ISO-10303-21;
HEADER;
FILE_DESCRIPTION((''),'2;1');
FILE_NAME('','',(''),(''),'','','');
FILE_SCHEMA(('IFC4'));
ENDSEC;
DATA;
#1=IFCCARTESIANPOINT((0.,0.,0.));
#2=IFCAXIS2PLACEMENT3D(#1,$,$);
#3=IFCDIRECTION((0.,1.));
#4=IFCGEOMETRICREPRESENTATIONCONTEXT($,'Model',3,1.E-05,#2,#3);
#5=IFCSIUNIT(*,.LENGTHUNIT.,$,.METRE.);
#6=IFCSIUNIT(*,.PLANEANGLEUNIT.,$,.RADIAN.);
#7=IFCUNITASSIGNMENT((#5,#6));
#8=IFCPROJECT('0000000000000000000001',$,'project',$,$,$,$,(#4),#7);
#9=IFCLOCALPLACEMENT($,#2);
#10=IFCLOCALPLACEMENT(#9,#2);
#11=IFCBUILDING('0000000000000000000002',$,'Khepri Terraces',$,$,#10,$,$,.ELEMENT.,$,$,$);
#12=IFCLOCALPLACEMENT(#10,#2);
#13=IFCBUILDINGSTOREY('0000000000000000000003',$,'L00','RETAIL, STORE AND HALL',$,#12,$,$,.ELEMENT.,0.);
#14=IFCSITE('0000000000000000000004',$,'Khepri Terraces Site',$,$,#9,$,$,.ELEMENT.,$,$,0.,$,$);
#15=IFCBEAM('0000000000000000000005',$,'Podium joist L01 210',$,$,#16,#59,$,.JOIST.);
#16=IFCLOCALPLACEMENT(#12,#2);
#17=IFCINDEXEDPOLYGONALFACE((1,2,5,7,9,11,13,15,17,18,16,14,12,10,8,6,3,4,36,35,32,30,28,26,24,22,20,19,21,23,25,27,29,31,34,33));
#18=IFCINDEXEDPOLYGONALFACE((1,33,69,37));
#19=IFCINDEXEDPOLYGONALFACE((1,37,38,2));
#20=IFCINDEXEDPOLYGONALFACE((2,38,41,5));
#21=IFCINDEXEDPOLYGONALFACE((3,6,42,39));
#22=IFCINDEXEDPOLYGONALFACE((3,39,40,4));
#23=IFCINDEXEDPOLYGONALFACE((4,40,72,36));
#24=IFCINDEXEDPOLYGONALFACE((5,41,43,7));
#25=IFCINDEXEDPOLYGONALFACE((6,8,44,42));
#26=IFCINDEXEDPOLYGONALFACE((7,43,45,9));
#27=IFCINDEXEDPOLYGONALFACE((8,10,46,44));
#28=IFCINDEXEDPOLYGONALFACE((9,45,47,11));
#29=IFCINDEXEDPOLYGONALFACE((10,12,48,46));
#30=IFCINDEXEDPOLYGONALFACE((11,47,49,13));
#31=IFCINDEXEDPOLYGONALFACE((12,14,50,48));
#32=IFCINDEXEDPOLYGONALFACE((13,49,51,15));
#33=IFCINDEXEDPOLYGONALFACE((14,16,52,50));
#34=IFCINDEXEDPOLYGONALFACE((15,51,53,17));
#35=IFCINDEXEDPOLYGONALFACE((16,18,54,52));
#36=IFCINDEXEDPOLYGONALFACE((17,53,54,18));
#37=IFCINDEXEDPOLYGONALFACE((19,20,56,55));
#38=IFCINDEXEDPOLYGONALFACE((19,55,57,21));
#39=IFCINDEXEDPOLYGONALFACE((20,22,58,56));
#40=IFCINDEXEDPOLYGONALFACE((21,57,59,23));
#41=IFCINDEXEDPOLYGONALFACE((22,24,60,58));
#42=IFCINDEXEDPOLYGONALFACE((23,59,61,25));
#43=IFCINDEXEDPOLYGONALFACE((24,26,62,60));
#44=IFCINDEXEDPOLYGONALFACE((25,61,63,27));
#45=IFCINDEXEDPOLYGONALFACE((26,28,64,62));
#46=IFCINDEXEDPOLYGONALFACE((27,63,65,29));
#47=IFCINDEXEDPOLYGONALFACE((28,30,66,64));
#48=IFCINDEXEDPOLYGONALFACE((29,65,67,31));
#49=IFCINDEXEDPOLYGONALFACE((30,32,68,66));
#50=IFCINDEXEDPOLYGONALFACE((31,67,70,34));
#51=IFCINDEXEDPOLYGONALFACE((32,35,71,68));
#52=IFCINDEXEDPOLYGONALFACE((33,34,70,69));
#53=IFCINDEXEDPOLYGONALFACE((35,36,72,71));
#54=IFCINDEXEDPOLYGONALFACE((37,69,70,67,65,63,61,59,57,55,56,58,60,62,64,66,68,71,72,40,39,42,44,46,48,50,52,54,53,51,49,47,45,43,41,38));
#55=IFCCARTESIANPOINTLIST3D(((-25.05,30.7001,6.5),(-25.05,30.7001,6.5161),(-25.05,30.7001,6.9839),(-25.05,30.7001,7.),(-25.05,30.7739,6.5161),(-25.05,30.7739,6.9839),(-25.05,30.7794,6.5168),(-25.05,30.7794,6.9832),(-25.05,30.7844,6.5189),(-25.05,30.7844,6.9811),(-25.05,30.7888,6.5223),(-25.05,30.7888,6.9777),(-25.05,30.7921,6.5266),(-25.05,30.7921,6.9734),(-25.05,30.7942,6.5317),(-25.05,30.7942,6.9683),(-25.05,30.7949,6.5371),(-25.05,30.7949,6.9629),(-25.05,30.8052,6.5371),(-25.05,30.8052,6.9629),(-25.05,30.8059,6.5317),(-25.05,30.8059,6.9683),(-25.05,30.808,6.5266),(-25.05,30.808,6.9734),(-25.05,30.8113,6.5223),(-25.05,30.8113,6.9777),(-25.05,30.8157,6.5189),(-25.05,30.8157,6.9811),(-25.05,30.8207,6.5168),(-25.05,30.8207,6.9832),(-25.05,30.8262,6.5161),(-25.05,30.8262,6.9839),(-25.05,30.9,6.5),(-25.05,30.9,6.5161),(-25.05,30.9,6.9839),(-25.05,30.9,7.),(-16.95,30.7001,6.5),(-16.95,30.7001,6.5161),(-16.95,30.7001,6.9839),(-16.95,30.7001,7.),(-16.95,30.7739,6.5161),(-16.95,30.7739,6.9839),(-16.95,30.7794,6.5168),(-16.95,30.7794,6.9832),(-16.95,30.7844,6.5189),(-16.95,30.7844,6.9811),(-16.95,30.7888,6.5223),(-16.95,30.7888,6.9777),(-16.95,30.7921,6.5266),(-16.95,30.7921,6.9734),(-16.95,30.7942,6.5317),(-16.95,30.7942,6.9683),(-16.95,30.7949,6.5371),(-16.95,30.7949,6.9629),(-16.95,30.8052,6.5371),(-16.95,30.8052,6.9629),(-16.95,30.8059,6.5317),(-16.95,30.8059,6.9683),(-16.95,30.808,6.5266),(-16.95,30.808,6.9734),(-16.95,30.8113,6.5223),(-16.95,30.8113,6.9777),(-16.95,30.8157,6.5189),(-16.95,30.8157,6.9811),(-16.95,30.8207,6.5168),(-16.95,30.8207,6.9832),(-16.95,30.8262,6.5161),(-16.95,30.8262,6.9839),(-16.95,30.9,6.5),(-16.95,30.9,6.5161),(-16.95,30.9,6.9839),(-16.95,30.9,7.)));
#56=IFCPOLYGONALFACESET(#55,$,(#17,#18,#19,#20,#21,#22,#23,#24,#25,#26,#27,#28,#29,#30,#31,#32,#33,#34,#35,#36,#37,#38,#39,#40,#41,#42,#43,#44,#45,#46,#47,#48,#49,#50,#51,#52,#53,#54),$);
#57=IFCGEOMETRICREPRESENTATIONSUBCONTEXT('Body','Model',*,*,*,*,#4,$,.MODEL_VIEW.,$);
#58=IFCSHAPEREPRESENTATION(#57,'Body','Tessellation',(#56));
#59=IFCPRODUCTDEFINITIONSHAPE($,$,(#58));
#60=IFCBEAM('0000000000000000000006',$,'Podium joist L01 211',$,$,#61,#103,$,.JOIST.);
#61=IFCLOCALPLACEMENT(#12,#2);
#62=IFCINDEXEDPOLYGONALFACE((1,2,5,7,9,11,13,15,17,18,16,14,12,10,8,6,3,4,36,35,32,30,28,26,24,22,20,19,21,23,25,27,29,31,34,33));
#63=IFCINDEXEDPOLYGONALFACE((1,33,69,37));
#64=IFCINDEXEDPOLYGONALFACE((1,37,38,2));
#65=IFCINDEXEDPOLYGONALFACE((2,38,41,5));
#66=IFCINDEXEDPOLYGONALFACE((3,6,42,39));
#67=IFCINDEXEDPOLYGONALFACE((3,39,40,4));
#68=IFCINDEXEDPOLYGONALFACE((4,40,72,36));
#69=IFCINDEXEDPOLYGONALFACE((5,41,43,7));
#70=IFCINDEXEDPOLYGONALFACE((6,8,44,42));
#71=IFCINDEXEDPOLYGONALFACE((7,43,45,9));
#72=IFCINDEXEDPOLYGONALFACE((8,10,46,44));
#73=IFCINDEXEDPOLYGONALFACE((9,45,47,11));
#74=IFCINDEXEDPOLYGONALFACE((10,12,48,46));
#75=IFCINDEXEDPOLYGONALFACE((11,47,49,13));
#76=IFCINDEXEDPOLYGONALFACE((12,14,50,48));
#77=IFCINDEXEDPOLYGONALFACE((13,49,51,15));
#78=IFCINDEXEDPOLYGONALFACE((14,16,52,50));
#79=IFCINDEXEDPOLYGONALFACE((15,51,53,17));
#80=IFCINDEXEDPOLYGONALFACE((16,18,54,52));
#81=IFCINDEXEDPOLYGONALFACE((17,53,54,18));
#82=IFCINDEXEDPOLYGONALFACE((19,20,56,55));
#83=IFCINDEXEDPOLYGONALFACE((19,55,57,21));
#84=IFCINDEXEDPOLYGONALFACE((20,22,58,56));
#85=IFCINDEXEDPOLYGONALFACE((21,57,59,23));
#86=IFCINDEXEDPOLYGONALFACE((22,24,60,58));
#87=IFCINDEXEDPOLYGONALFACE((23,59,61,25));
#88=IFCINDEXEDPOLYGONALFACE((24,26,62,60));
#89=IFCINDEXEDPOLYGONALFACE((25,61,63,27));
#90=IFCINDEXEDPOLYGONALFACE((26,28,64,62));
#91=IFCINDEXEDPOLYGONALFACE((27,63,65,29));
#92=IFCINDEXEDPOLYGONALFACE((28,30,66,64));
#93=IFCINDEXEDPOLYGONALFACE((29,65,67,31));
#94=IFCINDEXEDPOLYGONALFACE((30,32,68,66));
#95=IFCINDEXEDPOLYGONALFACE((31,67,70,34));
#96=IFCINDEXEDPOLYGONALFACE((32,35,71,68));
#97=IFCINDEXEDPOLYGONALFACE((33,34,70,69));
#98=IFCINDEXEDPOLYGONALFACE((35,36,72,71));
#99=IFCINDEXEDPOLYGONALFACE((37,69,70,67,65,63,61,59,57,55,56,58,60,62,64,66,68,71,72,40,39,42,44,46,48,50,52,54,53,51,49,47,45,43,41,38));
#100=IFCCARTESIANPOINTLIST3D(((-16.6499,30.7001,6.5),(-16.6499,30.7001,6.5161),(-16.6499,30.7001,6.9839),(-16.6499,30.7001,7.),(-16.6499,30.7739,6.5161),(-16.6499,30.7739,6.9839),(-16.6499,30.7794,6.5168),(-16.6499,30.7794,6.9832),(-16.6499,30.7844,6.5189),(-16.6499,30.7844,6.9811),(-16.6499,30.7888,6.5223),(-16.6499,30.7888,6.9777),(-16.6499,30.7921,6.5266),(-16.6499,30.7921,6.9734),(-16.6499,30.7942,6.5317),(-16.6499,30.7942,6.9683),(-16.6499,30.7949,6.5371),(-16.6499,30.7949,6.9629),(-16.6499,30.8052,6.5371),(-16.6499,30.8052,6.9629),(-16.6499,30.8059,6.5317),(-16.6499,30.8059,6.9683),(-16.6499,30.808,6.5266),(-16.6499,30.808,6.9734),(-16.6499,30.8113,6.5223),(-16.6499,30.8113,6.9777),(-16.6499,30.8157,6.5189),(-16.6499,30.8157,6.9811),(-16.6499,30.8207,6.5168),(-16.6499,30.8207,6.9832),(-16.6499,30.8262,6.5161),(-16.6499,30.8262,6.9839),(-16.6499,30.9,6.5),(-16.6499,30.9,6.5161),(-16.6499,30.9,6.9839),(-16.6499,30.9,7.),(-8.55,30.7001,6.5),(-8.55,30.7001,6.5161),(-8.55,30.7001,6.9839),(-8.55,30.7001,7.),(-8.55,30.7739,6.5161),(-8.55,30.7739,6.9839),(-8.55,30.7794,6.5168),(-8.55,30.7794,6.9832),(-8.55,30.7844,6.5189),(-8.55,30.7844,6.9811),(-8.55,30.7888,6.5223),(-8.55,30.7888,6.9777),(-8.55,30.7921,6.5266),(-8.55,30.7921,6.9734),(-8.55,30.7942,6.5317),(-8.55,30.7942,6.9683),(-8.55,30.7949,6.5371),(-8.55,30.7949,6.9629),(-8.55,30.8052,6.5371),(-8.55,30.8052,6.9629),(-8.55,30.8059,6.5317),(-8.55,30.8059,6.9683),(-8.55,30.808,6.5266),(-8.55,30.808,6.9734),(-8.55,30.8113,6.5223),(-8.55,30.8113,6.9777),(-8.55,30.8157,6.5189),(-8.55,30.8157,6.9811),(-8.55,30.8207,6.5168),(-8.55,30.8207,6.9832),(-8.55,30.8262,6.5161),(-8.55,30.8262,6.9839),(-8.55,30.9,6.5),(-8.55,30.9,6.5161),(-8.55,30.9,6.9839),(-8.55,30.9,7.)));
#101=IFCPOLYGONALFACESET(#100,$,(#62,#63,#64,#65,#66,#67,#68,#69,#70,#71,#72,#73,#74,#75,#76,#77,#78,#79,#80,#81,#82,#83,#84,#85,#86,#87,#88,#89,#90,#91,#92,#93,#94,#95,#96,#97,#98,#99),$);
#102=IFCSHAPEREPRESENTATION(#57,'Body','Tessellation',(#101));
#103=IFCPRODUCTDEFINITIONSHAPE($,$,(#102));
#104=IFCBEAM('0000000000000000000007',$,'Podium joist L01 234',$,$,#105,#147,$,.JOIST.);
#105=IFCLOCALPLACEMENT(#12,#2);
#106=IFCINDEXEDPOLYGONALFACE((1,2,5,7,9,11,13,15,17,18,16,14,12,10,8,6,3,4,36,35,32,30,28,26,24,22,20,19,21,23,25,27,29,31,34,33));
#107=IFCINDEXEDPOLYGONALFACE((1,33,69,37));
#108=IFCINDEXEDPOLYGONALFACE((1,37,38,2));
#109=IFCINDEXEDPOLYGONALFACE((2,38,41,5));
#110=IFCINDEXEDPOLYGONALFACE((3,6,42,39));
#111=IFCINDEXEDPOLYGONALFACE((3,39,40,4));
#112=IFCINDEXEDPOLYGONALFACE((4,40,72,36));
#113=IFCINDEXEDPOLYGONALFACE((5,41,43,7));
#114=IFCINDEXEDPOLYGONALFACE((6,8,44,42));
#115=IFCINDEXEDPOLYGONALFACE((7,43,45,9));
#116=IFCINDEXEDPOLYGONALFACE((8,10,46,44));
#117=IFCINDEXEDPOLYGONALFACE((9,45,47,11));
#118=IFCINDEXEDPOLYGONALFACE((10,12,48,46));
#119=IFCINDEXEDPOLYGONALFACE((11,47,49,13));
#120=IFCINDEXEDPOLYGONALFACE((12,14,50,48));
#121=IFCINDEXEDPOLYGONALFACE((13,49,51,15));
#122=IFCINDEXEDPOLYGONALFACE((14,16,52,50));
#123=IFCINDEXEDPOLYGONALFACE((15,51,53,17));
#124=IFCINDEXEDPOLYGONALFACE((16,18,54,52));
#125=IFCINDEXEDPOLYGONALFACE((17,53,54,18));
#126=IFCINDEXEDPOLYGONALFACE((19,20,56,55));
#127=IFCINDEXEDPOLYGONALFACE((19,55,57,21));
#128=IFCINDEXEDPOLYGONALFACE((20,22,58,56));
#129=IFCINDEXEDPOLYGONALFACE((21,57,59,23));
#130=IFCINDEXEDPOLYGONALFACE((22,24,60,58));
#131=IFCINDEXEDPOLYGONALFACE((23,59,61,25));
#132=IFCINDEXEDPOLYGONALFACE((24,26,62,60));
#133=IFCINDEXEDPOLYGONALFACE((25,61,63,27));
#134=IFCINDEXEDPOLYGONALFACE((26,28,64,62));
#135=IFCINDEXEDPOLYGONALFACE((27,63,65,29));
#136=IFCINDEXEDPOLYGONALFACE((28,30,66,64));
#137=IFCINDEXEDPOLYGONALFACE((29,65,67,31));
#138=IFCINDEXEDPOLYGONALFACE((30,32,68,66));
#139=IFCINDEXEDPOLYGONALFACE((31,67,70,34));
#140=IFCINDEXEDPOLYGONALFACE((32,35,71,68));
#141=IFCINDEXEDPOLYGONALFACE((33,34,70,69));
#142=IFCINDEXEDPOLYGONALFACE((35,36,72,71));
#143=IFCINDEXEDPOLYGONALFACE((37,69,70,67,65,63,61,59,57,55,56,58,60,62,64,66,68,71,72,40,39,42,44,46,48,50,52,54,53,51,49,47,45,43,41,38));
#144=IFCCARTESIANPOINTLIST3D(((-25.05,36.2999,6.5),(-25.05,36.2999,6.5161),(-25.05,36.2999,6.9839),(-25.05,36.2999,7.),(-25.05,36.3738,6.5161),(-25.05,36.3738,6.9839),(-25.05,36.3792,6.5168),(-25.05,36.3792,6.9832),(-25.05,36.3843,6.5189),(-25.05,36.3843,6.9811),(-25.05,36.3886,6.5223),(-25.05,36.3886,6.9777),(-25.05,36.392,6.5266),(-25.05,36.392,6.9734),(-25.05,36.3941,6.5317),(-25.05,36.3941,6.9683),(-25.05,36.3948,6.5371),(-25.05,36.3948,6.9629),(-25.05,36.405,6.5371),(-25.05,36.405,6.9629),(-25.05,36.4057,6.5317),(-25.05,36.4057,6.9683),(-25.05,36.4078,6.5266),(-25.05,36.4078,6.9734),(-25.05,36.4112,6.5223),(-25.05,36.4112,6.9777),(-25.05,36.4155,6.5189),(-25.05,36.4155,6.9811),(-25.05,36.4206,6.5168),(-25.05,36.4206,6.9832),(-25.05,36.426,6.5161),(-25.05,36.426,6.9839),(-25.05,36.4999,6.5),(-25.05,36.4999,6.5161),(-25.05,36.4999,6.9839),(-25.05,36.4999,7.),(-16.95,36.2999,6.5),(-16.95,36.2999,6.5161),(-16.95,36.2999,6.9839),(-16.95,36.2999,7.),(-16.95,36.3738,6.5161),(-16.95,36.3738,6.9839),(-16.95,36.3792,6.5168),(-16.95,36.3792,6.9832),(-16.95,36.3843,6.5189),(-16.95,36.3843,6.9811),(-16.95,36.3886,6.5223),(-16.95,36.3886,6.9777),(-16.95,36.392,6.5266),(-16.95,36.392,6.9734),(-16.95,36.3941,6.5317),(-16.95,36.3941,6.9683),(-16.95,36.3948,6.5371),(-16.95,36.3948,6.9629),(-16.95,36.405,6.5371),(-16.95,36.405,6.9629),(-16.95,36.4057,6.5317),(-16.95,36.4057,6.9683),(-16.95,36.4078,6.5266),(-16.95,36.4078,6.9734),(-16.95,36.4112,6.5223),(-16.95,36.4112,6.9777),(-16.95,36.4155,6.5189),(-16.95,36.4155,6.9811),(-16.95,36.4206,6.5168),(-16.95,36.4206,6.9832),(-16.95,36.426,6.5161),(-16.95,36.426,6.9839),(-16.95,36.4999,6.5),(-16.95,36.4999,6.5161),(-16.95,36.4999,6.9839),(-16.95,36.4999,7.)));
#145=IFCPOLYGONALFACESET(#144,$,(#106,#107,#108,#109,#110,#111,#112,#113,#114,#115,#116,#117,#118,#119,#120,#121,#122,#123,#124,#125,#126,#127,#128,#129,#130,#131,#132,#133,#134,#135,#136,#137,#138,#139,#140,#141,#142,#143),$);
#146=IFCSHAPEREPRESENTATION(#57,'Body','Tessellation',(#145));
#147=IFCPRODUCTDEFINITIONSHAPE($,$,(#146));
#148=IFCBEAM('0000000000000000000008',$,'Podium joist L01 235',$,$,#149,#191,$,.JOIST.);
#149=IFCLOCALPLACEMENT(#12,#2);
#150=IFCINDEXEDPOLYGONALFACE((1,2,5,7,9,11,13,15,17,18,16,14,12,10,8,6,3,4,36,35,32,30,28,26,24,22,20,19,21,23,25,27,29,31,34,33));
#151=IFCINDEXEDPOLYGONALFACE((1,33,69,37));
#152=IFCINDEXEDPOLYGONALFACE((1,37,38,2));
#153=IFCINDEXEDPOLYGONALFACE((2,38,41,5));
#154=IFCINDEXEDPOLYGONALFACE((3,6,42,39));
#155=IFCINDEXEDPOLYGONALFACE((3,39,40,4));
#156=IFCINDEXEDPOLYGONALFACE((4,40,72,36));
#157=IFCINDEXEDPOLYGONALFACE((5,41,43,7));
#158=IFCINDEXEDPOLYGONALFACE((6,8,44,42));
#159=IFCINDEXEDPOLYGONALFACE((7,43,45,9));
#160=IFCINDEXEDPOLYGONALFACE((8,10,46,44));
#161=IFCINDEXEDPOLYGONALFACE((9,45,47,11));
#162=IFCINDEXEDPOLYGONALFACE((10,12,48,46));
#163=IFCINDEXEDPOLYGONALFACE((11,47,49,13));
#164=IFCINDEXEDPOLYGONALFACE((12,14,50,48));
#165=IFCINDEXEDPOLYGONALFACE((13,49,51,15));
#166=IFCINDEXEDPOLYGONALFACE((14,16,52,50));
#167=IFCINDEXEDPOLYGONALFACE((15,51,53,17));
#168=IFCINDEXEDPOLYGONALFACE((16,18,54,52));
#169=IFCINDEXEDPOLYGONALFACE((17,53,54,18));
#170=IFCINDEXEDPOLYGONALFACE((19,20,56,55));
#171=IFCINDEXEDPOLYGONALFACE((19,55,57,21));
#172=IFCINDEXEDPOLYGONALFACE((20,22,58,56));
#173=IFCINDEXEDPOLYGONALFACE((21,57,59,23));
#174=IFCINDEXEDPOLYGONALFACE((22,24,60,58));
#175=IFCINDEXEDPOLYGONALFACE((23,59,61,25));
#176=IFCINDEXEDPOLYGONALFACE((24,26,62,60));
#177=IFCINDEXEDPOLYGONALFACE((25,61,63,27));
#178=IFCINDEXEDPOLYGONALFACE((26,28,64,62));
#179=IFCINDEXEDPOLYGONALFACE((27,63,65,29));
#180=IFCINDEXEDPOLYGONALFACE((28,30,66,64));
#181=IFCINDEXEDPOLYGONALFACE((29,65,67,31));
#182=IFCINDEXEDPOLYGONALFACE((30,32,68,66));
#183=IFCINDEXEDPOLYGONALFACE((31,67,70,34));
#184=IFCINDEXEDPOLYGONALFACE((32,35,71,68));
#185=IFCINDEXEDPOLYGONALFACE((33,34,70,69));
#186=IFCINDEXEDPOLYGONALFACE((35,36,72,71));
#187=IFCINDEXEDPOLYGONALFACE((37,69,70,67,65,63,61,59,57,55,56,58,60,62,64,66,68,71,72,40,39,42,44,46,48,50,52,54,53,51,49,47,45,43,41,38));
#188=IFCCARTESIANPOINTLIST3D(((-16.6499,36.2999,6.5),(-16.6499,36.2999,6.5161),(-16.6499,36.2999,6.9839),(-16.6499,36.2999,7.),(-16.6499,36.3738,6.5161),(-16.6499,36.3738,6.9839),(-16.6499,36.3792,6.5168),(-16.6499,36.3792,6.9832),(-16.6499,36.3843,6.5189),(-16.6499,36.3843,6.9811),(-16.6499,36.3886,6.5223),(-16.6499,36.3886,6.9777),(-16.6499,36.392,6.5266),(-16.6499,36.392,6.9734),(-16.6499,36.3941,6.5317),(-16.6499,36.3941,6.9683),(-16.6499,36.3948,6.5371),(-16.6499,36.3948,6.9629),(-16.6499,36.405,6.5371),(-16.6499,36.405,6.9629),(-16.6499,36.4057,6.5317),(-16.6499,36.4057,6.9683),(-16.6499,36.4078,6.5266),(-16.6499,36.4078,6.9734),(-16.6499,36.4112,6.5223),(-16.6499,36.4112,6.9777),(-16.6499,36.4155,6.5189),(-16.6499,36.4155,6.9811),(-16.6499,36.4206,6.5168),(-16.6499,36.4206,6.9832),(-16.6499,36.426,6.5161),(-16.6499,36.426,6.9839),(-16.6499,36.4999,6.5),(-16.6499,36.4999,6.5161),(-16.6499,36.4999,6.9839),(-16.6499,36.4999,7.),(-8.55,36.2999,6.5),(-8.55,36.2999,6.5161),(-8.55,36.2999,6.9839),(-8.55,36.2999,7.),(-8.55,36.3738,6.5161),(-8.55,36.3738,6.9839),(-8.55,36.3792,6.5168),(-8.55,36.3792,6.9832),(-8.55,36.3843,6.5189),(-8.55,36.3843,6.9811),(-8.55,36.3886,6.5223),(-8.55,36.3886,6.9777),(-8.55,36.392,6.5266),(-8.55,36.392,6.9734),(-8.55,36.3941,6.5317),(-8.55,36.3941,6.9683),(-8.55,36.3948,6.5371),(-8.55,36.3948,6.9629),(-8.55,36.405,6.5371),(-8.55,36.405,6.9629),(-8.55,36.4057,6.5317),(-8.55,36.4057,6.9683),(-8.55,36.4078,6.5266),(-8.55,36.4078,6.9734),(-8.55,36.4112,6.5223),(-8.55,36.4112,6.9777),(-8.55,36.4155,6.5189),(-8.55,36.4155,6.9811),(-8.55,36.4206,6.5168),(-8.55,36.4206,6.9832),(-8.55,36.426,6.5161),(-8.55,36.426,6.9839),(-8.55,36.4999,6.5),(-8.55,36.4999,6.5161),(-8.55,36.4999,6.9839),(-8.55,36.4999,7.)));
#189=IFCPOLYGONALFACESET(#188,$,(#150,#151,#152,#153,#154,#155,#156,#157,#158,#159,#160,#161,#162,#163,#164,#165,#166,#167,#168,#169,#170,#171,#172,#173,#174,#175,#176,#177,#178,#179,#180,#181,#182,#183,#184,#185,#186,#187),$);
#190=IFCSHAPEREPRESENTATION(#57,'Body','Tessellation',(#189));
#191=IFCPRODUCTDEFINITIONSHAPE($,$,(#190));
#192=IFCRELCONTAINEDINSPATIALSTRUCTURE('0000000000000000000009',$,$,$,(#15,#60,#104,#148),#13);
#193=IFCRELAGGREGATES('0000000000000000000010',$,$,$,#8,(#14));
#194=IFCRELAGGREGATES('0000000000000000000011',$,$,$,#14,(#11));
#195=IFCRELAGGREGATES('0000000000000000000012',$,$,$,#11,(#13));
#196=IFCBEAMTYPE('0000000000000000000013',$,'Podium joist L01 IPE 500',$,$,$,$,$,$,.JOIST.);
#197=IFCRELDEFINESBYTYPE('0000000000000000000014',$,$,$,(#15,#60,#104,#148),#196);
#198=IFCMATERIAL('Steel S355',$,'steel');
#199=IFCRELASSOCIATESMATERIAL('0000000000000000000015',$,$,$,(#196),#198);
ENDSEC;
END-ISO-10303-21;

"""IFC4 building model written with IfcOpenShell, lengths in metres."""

from ifc_helpers import new_model, si_unit, direction, frame, origin, origin_2d, place, context, subcontext, project, spatial, i_section, extrude, material, material_profile, profile_set, type_object, element, save


model = new_model("IFC4")

# Units and contexts
model_context = context("Model", 3, precision=1e-05, world=origin(), true_north=direction((0.0, 1.0)))
body_context = subcontext(model_context, "Body", "Model", "MODEL_VIEW")
ifc_project = project(units=[si_unit("LENGTHUNIT", "METRE"), si_unit("PLANEANGLEUNIT", "RADIAN")], contexts=[model_context])

# Site, building, storey
site_placement = place(None, origin())
site = spatial("IfcSite", under=ifc_project, at=site_placement, Name="Khepri Terraces Site", CompositionType="ELEMENT", RefElevation=0.0)
building_placement = place(site_placement, origin())
building = spatial("IfcBuilding", under=site, at=building_placement, Name="Khepri Terraces", CompositionType="ELEMENT")
storey_placement = place(building_placement, origin())
storey = spatial("IfcBuildingStorey", under=building, at=storey_placement, Name="L00", Description="RETAIL, STORE AND HALL", CompositionType="ELEMENT", Elevation=0.0)

# Beams
ifc_material_1 = material(Name="Steel S355", Category="steel")
ifc_material_profile_1 = material_profile(ifc_material_1, i_section(OverallWidth=0.2, OverallDepth=0.5, WebThickness=0.0103, FlangeThickness=0.0161, FilletRadius=0.021, at=origin_2d()), Name="Steel S355", Category="steel")
ifc_profile_set_1 = profile_set([ifc_material_profile_1], Name="Steel S355")
beam_type_1 = type_object("IfcBeamType", Name="Podium joist L01 IPE 500", PredefinedType="JOIST", material=ifc_profile_set_1)
beam_1_placement = place(storey_placement, frame((-25.05, 30.8, 6.75), z_axis=(1.0, 0.0, 0.0), x_axis=(0.0, 1.0, 0.0)))
element("IfcBeam", 1, at=beam_1_placement, inside=storey, type_object=beam_type_1, Name="Podium joist L01 210", PredefinedType="JOIST", context=body_context, shape_type="SweptSolid", body=[
    extrude(i_section(OverallWidth=0.2, OverallDepth=0.5, WebThickness=0.0103, FlangeThickness=0.0161, FilletRadius=0.021, at=origin_2d()), origin(), (0.0, 0.0, 1.0), 8.1001),
])
beam_2_placement = place(storey_placement, frame((-16.6499, 30.8, 6.75), z_axis=(1.0, 0.0, 0.0), x_axis=(0.0, 1.0, 0.0)))
element("IfcBeam", 2, at=beam_2_placement, inside=storey, type_object=beam_type_1, Name="Podium joist L01 211", PredefinedType="JOIST", context=body_context, shape_type="SweptSolid", body=[
    extrude(i_section(OverallWidth=0.2, OverallDepth=0.5, WebThickness=0.0103, FlangeThickness=0.0161, FilletRadius=0.021, at=origin_2d()), origin(), (0.0, 0.0, 1.0), 8.0999),
])
beam_3_placement = place(storey_placement, frame((-25.05, 36.3999, 6.75), z_axis=(1.0, 0.0, 0.0), x_axis=(0.0, 1.0, 0.0)))
element("IfcBeam", 3, at=beam_3_placement, inside=storey, type_object=beam_type_1, Name="Podium joist L01 234", PredefinedType="JOIST", context=body_context, shape_type="SweptSolid", body=[
    extrude(i_section(OverallWidth=0.2, OverallDepth=0.5, WebThickness=0.0103, FlangeThickness=0.0161, FilletRadius=0.021, at=origin_2d()), origin(), (0.0, 0.0, 1.0), 8.1001),
])
beam_4_placement = place(storey_placement, frame((-16.6499, 36.3999, 6.75), z_axis=(1.0, 0.0, 0.0), x_axis=(0.0, 1.0, 0.0)))
element("IfcBeam", 4, at=beam_4_placement, inside=storey, type_object=beam_type_1, Name="Podium joist L01 235", PredefinedType="JOIST", context=body_context, shape_type="SweptSolid", body=[
    extrude(i_section(OverallWidth=0.2, OverallDepth=0.5, WebThickness=0.0103, FlangeThickness=0.0161, FilletRadius=0.021, at=origin_2d()), origin(), (0.0, 0.0, 1.0), 8.0999),
])

save(model, "model.ifc")
